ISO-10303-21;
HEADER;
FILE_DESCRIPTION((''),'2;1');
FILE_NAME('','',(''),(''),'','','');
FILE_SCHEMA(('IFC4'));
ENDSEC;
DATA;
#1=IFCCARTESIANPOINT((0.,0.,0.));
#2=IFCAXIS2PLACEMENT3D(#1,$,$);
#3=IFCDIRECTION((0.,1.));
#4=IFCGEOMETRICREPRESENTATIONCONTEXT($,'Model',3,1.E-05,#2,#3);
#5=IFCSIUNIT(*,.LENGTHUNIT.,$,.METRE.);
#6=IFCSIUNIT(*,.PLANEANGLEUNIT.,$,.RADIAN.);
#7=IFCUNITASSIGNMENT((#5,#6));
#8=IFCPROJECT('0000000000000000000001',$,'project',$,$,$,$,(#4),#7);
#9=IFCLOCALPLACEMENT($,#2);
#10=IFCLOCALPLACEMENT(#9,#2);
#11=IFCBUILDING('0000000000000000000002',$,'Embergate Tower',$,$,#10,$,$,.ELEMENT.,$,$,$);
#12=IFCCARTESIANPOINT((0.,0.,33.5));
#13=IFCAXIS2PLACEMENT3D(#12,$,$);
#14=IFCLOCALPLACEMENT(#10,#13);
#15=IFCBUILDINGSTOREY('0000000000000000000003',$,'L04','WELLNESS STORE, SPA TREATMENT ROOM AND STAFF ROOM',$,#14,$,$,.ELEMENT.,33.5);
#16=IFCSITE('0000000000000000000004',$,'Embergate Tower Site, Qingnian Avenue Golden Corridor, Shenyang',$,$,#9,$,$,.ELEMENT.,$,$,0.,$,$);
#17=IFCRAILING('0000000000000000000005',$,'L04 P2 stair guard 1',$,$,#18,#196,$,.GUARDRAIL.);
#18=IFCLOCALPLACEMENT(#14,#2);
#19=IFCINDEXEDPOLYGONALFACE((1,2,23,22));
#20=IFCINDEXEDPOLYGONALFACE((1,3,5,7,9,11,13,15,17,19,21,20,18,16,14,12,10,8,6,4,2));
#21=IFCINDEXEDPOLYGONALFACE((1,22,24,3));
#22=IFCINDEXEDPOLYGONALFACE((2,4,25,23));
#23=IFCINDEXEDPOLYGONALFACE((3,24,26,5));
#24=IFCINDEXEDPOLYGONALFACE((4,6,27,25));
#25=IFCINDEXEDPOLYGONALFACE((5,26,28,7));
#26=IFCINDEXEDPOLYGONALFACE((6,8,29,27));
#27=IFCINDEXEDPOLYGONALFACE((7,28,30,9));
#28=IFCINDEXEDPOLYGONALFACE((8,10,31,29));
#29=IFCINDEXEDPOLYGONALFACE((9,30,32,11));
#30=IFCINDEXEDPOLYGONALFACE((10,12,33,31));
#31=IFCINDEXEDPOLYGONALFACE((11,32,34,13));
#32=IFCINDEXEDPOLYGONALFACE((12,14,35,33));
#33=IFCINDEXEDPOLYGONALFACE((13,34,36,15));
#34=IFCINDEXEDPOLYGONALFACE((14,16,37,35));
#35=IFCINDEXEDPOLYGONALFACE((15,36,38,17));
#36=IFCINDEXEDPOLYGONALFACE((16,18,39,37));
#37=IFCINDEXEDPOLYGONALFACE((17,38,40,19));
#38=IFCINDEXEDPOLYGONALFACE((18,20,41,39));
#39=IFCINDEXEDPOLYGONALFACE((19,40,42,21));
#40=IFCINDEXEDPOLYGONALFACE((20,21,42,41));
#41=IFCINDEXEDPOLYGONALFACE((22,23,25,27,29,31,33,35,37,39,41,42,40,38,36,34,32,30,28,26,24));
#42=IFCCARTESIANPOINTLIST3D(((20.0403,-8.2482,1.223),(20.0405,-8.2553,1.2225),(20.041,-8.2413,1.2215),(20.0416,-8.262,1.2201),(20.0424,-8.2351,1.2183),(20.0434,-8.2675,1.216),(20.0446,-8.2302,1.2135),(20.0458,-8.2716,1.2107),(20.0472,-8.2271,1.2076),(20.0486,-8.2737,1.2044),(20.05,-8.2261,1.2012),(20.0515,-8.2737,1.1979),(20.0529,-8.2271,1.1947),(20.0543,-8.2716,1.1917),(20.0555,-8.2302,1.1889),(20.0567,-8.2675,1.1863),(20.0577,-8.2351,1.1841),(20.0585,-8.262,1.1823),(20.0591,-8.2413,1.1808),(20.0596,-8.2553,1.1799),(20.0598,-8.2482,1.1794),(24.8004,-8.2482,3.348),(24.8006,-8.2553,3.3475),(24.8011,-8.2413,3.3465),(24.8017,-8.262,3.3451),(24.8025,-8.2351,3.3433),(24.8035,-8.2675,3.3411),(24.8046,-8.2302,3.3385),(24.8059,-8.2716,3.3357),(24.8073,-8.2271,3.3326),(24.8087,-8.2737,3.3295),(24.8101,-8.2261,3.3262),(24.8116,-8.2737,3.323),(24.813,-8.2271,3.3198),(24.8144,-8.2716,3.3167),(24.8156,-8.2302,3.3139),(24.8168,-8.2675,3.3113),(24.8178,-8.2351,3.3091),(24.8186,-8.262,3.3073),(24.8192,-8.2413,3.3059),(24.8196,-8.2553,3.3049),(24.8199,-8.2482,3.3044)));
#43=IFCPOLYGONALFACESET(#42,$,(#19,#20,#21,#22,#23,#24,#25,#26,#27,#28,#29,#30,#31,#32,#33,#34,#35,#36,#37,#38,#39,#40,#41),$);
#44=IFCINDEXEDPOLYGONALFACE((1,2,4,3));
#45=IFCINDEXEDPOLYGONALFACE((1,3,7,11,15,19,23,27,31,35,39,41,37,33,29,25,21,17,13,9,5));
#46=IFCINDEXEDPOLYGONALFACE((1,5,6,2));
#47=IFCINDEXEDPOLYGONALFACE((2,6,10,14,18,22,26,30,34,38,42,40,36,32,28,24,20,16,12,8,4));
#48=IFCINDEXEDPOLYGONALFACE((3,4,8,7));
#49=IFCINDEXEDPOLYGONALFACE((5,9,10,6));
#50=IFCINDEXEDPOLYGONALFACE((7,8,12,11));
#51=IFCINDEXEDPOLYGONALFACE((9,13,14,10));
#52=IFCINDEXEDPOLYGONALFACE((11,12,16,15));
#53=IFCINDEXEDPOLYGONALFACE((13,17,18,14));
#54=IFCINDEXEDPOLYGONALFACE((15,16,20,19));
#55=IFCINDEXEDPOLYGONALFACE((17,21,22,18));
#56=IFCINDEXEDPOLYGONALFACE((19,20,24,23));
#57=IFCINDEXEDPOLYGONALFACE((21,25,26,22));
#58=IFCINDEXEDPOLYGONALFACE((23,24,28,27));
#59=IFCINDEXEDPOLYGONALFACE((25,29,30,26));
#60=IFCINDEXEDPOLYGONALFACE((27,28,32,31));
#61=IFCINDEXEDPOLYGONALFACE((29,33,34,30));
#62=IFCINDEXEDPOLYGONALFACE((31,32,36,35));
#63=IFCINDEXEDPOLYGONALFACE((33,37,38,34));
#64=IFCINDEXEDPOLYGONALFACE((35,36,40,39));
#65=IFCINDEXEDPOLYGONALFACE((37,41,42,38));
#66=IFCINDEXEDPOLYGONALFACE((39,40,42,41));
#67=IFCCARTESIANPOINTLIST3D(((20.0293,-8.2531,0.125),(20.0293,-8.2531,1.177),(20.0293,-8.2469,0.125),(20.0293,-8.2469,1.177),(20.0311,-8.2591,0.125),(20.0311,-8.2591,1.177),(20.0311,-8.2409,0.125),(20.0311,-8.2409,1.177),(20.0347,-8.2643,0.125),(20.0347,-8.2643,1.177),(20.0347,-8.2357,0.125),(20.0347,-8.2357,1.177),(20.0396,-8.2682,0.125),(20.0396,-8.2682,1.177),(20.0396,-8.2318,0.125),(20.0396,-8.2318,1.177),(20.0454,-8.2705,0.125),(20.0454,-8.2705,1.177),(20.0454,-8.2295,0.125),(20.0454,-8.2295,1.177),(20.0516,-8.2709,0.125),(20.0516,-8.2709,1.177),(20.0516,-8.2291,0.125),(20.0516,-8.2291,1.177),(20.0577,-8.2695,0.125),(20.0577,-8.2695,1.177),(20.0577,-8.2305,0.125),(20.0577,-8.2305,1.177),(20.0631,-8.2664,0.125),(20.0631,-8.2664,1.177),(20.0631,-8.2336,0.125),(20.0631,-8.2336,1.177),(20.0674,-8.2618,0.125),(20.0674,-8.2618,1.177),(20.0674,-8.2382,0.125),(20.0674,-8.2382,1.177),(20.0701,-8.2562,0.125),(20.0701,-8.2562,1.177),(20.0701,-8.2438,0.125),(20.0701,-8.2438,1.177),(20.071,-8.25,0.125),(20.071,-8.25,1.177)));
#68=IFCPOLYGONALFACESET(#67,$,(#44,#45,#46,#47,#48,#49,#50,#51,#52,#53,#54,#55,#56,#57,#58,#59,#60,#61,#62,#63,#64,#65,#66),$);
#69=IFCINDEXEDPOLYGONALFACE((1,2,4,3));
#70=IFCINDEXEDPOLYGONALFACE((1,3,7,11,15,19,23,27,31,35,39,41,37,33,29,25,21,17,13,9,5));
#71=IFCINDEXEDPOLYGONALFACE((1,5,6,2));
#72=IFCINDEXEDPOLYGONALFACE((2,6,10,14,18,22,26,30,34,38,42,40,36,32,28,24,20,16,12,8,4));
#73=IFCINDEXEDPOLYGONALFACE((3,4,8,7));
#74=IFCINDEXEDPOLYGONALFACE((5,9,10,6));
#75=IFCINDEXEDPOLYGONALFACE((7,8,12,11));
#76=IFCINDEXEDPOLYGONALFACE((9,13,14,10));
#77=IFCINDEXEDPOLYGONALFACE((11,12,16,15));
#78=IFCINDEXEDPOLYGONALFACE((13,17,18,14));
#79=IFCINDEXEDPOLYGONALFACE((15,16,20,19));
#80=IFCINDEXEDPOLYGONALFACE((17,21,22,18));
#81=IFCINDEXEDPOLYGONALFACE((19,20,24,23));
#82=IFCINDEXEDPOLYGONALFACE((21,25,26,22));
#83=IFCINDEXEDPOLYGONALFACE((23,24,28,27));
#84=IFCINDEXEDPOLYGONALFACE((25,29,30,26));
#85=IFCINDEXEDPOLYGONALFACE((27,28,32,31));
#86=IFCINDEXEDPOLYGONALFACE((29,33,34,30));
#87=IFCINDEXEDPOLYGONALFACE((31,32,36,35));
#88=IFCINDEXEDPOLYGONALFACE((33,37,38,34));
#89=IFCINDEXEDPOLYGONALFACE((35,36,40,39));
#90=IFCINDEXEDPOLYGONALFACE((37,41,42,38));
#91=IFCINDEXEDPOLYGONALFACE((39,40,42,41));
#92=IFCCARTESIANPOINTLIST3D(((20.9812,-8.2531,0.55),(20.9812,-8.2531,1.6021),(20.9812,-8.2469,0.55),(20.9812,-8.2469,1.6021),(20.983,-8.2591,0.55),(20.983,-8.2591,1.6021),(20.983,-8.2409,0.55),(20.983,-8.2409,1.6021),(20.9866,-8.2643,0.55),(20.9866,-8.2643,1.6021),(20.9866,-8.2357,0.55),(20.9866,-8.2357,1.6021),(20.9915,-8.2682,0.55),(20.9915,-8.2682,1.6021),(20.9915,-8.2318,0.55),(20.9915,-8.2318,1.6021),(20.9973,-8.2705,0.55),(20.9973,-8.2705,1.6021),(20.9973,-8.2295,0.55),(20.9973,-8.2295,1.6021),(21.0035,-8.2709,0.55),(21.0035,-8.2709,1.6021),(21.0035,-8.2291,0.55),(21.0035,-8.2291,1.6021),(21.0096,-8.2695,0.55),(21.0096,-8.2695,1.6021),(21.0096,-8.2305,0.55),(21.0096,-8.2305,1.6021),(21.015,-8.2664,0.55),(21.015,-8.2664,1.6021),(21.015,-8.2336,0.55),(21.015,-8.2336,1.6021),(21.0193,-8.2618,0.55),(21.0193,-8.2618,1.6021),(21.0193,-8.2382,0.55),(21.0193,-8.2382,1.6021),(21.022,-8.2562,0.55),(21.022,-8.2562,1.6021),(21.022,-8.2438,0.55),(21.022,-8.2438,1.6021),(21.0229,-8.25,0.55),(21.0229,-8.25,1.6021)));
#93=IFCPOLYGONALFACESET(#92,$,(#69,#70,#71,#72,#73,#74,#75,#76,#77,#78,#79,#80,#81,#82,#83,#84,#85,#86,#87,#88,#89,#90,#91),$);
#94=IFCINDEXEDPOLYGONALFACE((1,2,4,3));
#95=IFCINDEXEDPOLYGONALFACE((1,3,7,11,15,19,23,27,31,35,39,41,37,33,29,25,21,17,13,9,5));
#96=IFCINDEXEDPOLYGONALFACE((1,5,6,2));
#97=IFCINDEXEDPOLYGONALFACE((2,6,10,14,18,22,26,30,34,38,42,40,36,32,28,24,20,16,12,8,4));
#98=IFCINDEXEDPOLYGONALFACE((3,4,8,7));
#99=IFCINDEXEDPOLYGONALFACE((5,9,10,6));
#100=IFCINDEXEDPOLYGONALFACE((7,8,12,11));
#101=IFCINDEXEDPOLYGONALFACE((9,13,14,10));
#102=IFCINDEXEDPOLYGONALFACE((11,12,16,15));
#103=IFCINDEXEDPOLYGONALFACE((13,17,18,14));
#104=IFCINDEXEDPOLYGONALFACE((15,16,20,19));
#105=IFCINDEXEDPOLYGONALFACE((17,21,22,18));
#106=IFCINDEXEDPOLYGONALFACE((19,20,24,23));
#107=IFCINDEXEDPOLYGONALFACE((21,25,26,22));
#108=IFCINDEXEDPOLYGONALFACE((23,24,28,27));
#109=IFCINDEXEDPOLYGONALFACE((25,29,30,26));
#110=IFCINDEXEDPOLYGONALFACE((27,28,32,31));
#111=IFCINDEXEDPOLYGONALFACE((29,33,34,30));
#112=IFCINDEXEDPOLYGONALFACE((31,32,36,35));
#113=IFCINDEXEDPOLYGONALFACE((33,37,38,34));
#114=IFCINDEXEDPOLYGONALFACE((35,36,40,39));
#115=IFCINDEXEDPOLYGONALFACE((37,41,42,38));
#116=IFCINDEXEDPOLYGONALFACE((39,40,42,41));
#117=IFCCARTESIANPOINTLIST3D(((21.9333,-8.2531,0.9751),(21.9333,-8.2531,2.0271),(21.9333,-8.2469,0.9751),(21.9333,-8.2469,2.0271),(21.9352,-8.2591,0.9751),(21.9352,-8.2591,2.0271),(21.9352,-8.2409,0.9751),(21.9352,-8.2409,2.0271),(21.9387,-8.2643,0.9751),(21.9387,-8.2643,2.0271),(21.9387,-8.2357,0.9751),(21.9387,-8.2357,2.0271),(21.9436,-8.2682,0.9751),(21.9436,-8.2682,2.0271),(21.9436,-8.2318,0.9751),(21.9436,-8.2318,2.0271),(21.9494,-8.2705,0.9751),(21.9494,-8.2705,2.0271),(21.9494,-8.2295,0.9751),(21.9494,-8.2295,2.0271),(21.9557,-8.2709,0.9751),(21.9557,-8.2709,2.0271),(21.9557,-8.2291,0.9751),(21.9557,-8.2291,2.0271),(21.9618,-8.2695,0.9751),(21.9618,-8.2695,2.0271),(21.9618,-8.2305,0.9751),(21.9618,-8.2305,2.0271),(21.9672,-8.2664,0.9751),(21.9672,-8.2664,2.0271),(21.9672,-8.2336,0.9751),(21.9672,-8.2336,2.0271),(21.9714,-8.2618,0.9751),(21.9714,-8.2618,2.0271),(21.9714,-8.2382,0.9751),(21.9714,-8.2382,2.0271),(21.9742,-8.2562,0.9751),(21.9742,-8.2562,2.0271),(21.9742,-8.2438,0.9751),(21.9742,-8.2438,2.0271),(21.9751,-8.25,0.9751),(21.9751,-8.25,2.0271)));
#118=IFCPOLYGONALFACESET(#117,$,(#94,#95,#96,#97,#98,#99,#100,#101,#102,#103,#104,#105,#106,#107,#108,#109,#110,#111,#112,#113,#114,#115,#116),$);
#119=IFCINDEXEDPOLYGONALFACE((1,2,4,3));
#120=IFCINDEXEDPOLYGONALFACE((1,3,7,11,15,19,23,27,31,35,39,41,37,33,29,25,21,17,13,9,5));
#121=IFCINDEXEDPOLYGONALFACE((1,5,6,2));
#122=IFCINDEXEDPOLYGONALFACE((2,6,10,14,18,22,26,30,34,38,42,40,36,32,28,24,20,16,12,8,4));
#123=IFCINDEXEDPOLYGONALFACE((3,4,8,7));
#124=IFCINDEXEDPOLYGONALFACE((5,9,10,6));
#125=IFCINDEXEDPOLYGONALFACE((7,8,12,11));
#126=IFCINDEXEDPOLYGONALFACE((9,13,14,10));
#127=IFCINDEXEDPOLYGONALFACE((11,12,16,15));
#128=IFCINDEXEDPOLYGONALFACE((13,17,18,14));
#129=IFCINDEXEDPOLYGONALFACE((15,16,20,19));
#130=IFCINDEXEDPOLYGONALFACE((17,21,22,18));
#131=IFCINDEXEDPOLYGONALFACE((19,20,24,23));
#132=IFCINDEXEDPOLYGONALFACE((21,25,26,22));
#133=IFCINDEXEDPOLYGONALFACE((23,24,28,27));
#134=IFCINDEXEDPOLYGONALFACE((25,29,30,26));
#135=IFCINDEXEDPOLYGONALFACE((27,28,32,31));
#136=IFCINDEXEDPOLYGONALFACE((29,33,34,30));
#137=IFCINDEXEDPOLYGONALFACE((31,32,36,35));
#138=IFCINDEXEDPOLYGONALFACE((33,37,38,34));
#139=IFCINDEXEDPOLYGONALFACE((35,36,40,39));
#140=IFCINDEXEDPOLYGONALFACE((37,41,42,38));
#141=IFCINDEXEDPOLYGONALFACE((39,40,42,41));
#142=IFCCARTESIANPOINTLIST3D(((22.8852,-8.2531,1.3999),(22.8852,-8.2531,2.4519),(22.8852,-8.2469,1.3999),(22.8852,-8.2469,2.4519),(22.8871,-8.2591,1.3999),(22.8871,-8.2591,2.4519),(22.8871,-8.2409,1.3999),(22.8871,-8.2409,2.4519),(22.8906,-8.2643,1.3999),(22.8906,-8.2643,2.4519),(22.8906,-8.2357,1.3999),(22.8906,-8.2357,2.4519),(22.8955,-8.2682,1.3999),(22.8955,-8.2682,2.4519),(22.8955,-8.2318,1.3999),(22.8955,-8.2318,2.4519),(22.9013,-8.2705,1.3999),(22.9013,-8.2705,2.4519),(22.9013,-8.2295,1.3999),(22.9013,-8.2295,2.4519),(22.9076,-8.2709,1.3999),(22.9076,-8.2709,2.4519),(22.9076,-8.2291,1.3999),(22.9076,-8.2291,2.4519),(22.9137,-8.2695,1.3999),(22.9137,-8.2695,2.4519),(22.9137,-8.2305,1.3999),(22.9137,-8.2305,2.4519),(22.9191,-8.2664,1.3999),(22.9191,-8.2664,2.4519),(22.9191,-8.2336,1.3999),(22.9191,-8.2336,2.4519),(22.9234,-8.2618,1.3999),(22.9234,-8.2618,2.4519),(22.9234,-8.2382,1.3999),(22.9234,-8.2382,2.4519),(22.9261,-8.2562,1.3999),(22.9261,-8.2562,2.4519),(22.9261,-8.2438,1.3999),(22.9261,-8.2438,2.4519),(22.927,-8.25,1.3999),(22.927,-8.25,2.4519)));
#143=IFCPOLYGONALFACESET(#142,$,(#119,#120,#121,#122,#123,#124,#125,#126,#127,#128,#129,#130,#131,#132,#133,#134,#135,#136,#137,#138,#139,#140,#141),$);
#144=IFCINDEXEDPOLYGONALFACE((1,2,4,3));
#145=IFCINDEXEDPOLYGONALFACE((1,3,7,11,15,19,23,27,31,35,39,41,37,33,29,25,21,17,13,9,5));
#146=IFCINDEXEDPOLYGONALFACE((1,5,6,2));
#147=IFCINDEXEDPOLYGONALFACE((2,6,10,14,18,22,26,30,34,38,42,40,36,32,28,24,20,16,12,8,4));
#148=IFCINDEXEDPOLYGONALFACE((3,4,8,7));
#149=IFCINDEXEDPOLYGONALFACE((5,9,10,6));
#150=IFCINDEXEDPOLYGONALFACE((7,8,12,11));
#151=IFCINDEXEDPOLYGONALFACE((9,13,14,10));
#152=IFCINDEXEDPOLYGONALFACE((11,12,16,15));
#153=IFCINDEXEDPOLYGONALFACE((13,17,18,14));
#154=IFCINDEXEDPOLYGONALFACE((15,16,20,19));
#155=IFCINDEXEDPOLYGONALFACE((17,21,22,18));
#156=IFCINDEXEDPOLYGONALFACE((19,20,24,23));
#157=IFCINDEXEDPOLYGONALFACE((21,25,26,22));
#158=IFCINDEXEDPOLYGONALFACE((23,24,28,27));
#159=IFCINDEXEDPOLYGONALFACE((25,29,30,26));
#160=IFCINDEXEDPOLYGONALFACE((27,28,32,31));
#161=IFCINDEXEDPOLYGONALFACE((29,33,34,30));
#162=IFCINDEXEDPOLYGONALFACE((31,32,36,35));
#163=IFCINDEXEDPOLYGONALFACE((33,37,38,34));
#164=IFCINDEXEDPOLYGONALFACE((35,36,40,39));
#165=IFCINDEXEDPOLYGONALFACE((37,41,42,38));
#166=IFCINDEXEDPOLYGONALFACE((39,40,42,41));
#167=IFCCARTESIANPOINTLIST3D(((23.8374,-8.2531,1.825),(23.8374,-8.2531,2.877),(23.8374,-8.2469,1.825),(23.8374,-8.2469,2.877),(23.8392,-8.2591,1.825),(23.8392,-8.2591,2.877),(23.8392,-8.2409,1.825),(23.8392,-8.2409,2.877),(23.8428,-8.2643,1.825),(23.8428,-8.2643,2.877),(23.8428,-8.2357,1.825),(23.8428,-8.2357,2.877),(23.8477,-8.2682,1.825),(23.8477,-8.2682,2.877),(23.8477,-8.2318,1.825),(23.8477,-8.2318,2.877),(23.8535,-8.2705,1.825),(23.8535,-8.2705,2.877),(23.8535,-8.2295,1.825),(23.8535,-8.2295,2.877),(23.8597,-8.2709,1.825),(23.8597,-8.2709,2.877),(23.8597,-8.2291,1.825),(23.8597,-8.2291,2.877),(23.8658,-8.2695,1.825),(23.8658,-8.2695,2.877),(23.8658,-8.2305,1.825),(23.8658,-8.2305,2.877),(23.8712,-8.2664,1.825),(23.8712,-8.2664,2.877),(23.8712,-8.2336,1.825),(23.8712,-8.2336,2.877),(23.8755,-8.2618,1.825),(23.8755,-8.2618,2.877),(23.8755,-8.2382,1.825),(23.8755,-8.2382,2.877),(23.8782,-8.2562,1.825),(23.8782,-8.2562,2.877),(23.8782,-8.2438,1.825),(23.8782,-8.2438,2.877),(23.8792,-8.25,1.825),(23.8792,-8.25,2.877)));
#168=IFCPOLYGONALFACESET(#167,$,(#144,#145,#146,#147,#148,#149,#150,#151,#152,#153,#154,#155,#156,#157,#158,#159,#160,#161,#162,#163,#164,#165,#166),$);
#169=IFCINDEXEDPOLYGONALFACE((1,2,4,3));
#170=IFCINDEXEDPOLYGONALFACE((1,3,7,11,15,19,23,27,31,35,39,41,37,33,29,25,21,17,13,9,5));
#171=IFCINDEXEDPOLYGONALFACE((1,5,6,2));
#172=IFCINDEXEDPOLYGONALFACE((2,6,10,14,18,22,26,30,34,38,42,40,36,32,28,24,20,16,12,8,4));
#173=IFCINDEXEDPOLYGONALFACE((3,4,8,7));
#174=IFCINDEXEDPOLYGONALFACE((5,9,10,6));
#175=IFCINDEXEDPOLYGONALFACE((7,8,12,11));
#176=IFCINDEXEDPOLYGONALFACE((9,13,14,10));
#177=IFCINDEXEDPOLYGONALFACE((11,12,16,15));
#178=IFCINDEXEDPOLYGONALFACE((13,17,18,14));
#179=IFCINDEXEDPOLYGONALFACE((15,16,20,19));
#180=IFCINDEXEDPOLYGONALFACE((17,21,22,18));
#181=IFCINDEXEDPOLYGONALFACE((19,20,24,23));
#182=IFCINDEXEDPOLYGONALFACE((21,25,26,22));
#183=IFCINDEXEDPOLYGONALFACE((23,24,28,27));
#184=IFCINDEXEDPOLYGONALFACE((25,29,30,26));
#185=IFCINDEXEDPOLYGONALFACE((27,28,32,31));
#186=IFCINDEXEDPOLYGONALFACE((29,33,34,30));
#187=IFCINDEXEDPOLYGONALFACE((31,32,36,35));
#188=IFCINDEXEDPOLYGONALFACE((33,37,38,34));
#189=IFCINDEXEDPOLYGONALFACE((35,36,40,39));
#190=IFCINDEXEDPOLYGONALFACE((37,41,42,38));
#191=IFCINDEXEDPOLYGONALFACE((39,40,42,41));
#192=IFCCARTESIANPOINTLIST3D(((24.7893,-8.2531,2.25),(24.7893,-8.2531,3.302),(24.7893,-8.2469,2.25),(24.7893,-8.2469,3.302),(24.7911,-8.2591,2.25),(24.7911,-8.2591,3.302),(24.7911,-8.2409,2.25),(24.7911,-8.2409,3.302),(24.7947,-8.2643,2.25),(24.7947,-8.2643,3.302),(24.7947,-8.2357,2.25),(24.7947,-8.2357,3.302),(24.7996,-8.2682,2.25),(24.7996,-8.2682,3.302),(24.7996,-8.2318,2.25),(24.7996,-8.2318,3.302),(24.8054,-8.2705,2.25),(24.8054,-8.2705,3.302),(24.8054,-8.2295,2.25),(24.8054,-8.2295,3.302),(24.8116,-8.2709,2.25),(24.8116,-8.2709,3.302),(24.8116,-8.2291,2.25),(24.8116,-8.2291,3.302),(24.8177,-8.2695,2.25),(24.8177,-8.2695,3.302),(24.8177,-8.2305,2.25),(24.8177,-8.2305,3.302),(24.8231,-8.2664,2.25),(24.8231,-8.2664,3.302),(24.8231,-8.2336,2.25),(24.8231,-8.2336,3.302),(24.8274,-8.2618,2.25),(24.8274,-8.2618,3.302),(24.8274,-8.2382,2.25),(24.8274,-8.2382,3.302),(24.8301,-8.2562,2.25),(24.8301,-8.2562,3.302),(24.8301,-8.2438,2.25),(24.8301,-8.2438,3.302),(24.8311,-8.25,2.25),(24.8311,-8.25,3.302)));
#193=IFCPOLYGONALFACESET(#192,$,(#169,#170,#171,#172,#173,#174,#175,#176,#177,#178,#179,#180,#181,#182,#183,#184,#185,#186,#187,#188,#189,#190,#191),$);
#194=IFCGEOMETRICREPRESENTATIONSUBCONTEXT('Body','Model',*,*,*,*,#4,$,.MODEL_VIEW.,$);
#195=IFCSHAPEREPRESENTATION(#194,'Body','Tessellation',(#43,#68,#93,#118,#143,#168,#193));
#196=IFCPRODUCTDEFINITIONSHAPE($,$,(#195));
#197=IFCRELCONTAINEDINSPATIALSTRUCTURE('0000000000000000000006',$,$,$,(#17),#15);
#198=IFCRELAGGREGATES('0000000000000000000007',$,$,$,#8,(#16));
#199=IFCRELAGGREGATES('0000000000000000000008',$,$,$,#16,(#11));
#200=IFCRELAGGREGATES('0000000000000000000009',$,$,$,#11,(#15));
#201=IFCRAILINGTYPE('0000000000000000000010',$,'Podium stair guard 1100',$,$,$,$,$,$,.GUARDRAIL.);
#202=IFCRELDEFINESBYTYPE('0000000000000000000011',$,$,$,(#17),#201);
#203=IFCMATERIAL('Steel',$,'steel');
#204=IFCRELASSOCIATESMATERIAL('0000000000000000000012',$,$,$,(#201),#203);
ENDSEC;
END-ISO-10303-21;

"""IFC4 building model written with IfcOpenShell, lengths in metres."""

from ifc_helpers import new_model, si_unit, direction, frame, origin, origin_2d, place, context, subcontext, project, spatial, circle, extrude, source, transform, mapped, material, type_object, element, save


model = new_model("IFC4")

# Units and contexts
model_context = context("Model", 3, precision=1e-05, world=origin(), true_north=direction((0.0, 1.0)))
body_context = subcontext(model_context, "Body", "Model", "MODEL_VIEW")
ifc_project = project(units=[si_unit("LENGTHUNIT", "METRE"), si_unit("PLANEANGLEUNIT", "RADIAN")], contexts=[model_context])

# Site, building, storey
site_placement = place(None, origin())
site = spatial("IfcSite", under=ifc_project, at=site_placement, Name="Embergate Tower Site, Qingnian Avenue Golden Corridor, Shenyang", CompositionType="ELEMENT", RefElevation=0.0)
building_placement = place(site_placement, origin())
building = spatial("IfcBuilding", under=site, at=building_placement, Name="Embergate Tower", CompositionType="ELEMENT")
storey_placement = place(building_placement, frame((0.0, 0.0, 33.5)))
storey = spatial("IfcBuildingStorey", under=building, at=storey_placement, Name="L04", Description="WELLNESS STORE, SPA TREATMENT ROOM AND STAFF ROOM", CompositionType="ELEMENT", Elevation=33.5)

# Railing
ifc_material_1 = material(Name="Steel", Category="steel")
railing_type_1 = type_object("IfcRailingType", Name="Podium stair guard 1100", PredefinedType="GUARDRAIL", material=ifc_material_1)
shared_shape_1 = source(origin(), body_context, "Body", "SweptSolid", [
    extrude(circle(Radius=0.0239, at=origin_2d()), frame((0.0, 0.0, 1.0762), z_axis=(0.913138, 0.0, 0.40765), x_axis=(0.0, 1.0, 0.0)), (0.0, 0.0, 1.0), 5.2129),
    extrude(circle(Radius=0.021, at=origin_2d()), origin(), (0.0, 0.0, 1.0), 1.052),
    extrude(circle(Radius=0.021, at=origin_2d()), frame((0.9519, 0.0, 0.425)), (0.0, 0.0, 1.0), 1.052),
    extrude(circle(Radius=0.021, at=origin_2d()), frame((1.9041, 0.0, 0.8501)), (0.0, 0.0, 1.0), 1.052),
    extrude(circle(Radius=0.021, at=origin_2d()), frame((2.856, 0.0, 1.2749)), (0.0, 0.0, 1.0), 1.052),
    extrude(circle(Radius=0.021, at=origin_2d()), frame((3.8081, 0.0, 1.7)), (0.0, 0.0, 1.0), 1.052),
    extrude(circle(Radius=0.021, at=origin_2d()), frame((4.76, 0.0, 2.125)), (0.0, 0.0, 1.0), 1.052),
])
railing_1_placement = place(storey_placement, frame((20.05, -8.25, 0.125)))
element("IfcRailing", 1, at=railing_1_placement, inside=storey, type_object=railing_type_1, Name="L04 P2 stair guard 1", PredefinedType="GUARDRAIL", context=body_context, shape_type="MappedRepresentation", body=[
    mapped(shared_shape_1, transform((0.0, 0.0, 0.0))),
])

save(model, "model.ifc")
